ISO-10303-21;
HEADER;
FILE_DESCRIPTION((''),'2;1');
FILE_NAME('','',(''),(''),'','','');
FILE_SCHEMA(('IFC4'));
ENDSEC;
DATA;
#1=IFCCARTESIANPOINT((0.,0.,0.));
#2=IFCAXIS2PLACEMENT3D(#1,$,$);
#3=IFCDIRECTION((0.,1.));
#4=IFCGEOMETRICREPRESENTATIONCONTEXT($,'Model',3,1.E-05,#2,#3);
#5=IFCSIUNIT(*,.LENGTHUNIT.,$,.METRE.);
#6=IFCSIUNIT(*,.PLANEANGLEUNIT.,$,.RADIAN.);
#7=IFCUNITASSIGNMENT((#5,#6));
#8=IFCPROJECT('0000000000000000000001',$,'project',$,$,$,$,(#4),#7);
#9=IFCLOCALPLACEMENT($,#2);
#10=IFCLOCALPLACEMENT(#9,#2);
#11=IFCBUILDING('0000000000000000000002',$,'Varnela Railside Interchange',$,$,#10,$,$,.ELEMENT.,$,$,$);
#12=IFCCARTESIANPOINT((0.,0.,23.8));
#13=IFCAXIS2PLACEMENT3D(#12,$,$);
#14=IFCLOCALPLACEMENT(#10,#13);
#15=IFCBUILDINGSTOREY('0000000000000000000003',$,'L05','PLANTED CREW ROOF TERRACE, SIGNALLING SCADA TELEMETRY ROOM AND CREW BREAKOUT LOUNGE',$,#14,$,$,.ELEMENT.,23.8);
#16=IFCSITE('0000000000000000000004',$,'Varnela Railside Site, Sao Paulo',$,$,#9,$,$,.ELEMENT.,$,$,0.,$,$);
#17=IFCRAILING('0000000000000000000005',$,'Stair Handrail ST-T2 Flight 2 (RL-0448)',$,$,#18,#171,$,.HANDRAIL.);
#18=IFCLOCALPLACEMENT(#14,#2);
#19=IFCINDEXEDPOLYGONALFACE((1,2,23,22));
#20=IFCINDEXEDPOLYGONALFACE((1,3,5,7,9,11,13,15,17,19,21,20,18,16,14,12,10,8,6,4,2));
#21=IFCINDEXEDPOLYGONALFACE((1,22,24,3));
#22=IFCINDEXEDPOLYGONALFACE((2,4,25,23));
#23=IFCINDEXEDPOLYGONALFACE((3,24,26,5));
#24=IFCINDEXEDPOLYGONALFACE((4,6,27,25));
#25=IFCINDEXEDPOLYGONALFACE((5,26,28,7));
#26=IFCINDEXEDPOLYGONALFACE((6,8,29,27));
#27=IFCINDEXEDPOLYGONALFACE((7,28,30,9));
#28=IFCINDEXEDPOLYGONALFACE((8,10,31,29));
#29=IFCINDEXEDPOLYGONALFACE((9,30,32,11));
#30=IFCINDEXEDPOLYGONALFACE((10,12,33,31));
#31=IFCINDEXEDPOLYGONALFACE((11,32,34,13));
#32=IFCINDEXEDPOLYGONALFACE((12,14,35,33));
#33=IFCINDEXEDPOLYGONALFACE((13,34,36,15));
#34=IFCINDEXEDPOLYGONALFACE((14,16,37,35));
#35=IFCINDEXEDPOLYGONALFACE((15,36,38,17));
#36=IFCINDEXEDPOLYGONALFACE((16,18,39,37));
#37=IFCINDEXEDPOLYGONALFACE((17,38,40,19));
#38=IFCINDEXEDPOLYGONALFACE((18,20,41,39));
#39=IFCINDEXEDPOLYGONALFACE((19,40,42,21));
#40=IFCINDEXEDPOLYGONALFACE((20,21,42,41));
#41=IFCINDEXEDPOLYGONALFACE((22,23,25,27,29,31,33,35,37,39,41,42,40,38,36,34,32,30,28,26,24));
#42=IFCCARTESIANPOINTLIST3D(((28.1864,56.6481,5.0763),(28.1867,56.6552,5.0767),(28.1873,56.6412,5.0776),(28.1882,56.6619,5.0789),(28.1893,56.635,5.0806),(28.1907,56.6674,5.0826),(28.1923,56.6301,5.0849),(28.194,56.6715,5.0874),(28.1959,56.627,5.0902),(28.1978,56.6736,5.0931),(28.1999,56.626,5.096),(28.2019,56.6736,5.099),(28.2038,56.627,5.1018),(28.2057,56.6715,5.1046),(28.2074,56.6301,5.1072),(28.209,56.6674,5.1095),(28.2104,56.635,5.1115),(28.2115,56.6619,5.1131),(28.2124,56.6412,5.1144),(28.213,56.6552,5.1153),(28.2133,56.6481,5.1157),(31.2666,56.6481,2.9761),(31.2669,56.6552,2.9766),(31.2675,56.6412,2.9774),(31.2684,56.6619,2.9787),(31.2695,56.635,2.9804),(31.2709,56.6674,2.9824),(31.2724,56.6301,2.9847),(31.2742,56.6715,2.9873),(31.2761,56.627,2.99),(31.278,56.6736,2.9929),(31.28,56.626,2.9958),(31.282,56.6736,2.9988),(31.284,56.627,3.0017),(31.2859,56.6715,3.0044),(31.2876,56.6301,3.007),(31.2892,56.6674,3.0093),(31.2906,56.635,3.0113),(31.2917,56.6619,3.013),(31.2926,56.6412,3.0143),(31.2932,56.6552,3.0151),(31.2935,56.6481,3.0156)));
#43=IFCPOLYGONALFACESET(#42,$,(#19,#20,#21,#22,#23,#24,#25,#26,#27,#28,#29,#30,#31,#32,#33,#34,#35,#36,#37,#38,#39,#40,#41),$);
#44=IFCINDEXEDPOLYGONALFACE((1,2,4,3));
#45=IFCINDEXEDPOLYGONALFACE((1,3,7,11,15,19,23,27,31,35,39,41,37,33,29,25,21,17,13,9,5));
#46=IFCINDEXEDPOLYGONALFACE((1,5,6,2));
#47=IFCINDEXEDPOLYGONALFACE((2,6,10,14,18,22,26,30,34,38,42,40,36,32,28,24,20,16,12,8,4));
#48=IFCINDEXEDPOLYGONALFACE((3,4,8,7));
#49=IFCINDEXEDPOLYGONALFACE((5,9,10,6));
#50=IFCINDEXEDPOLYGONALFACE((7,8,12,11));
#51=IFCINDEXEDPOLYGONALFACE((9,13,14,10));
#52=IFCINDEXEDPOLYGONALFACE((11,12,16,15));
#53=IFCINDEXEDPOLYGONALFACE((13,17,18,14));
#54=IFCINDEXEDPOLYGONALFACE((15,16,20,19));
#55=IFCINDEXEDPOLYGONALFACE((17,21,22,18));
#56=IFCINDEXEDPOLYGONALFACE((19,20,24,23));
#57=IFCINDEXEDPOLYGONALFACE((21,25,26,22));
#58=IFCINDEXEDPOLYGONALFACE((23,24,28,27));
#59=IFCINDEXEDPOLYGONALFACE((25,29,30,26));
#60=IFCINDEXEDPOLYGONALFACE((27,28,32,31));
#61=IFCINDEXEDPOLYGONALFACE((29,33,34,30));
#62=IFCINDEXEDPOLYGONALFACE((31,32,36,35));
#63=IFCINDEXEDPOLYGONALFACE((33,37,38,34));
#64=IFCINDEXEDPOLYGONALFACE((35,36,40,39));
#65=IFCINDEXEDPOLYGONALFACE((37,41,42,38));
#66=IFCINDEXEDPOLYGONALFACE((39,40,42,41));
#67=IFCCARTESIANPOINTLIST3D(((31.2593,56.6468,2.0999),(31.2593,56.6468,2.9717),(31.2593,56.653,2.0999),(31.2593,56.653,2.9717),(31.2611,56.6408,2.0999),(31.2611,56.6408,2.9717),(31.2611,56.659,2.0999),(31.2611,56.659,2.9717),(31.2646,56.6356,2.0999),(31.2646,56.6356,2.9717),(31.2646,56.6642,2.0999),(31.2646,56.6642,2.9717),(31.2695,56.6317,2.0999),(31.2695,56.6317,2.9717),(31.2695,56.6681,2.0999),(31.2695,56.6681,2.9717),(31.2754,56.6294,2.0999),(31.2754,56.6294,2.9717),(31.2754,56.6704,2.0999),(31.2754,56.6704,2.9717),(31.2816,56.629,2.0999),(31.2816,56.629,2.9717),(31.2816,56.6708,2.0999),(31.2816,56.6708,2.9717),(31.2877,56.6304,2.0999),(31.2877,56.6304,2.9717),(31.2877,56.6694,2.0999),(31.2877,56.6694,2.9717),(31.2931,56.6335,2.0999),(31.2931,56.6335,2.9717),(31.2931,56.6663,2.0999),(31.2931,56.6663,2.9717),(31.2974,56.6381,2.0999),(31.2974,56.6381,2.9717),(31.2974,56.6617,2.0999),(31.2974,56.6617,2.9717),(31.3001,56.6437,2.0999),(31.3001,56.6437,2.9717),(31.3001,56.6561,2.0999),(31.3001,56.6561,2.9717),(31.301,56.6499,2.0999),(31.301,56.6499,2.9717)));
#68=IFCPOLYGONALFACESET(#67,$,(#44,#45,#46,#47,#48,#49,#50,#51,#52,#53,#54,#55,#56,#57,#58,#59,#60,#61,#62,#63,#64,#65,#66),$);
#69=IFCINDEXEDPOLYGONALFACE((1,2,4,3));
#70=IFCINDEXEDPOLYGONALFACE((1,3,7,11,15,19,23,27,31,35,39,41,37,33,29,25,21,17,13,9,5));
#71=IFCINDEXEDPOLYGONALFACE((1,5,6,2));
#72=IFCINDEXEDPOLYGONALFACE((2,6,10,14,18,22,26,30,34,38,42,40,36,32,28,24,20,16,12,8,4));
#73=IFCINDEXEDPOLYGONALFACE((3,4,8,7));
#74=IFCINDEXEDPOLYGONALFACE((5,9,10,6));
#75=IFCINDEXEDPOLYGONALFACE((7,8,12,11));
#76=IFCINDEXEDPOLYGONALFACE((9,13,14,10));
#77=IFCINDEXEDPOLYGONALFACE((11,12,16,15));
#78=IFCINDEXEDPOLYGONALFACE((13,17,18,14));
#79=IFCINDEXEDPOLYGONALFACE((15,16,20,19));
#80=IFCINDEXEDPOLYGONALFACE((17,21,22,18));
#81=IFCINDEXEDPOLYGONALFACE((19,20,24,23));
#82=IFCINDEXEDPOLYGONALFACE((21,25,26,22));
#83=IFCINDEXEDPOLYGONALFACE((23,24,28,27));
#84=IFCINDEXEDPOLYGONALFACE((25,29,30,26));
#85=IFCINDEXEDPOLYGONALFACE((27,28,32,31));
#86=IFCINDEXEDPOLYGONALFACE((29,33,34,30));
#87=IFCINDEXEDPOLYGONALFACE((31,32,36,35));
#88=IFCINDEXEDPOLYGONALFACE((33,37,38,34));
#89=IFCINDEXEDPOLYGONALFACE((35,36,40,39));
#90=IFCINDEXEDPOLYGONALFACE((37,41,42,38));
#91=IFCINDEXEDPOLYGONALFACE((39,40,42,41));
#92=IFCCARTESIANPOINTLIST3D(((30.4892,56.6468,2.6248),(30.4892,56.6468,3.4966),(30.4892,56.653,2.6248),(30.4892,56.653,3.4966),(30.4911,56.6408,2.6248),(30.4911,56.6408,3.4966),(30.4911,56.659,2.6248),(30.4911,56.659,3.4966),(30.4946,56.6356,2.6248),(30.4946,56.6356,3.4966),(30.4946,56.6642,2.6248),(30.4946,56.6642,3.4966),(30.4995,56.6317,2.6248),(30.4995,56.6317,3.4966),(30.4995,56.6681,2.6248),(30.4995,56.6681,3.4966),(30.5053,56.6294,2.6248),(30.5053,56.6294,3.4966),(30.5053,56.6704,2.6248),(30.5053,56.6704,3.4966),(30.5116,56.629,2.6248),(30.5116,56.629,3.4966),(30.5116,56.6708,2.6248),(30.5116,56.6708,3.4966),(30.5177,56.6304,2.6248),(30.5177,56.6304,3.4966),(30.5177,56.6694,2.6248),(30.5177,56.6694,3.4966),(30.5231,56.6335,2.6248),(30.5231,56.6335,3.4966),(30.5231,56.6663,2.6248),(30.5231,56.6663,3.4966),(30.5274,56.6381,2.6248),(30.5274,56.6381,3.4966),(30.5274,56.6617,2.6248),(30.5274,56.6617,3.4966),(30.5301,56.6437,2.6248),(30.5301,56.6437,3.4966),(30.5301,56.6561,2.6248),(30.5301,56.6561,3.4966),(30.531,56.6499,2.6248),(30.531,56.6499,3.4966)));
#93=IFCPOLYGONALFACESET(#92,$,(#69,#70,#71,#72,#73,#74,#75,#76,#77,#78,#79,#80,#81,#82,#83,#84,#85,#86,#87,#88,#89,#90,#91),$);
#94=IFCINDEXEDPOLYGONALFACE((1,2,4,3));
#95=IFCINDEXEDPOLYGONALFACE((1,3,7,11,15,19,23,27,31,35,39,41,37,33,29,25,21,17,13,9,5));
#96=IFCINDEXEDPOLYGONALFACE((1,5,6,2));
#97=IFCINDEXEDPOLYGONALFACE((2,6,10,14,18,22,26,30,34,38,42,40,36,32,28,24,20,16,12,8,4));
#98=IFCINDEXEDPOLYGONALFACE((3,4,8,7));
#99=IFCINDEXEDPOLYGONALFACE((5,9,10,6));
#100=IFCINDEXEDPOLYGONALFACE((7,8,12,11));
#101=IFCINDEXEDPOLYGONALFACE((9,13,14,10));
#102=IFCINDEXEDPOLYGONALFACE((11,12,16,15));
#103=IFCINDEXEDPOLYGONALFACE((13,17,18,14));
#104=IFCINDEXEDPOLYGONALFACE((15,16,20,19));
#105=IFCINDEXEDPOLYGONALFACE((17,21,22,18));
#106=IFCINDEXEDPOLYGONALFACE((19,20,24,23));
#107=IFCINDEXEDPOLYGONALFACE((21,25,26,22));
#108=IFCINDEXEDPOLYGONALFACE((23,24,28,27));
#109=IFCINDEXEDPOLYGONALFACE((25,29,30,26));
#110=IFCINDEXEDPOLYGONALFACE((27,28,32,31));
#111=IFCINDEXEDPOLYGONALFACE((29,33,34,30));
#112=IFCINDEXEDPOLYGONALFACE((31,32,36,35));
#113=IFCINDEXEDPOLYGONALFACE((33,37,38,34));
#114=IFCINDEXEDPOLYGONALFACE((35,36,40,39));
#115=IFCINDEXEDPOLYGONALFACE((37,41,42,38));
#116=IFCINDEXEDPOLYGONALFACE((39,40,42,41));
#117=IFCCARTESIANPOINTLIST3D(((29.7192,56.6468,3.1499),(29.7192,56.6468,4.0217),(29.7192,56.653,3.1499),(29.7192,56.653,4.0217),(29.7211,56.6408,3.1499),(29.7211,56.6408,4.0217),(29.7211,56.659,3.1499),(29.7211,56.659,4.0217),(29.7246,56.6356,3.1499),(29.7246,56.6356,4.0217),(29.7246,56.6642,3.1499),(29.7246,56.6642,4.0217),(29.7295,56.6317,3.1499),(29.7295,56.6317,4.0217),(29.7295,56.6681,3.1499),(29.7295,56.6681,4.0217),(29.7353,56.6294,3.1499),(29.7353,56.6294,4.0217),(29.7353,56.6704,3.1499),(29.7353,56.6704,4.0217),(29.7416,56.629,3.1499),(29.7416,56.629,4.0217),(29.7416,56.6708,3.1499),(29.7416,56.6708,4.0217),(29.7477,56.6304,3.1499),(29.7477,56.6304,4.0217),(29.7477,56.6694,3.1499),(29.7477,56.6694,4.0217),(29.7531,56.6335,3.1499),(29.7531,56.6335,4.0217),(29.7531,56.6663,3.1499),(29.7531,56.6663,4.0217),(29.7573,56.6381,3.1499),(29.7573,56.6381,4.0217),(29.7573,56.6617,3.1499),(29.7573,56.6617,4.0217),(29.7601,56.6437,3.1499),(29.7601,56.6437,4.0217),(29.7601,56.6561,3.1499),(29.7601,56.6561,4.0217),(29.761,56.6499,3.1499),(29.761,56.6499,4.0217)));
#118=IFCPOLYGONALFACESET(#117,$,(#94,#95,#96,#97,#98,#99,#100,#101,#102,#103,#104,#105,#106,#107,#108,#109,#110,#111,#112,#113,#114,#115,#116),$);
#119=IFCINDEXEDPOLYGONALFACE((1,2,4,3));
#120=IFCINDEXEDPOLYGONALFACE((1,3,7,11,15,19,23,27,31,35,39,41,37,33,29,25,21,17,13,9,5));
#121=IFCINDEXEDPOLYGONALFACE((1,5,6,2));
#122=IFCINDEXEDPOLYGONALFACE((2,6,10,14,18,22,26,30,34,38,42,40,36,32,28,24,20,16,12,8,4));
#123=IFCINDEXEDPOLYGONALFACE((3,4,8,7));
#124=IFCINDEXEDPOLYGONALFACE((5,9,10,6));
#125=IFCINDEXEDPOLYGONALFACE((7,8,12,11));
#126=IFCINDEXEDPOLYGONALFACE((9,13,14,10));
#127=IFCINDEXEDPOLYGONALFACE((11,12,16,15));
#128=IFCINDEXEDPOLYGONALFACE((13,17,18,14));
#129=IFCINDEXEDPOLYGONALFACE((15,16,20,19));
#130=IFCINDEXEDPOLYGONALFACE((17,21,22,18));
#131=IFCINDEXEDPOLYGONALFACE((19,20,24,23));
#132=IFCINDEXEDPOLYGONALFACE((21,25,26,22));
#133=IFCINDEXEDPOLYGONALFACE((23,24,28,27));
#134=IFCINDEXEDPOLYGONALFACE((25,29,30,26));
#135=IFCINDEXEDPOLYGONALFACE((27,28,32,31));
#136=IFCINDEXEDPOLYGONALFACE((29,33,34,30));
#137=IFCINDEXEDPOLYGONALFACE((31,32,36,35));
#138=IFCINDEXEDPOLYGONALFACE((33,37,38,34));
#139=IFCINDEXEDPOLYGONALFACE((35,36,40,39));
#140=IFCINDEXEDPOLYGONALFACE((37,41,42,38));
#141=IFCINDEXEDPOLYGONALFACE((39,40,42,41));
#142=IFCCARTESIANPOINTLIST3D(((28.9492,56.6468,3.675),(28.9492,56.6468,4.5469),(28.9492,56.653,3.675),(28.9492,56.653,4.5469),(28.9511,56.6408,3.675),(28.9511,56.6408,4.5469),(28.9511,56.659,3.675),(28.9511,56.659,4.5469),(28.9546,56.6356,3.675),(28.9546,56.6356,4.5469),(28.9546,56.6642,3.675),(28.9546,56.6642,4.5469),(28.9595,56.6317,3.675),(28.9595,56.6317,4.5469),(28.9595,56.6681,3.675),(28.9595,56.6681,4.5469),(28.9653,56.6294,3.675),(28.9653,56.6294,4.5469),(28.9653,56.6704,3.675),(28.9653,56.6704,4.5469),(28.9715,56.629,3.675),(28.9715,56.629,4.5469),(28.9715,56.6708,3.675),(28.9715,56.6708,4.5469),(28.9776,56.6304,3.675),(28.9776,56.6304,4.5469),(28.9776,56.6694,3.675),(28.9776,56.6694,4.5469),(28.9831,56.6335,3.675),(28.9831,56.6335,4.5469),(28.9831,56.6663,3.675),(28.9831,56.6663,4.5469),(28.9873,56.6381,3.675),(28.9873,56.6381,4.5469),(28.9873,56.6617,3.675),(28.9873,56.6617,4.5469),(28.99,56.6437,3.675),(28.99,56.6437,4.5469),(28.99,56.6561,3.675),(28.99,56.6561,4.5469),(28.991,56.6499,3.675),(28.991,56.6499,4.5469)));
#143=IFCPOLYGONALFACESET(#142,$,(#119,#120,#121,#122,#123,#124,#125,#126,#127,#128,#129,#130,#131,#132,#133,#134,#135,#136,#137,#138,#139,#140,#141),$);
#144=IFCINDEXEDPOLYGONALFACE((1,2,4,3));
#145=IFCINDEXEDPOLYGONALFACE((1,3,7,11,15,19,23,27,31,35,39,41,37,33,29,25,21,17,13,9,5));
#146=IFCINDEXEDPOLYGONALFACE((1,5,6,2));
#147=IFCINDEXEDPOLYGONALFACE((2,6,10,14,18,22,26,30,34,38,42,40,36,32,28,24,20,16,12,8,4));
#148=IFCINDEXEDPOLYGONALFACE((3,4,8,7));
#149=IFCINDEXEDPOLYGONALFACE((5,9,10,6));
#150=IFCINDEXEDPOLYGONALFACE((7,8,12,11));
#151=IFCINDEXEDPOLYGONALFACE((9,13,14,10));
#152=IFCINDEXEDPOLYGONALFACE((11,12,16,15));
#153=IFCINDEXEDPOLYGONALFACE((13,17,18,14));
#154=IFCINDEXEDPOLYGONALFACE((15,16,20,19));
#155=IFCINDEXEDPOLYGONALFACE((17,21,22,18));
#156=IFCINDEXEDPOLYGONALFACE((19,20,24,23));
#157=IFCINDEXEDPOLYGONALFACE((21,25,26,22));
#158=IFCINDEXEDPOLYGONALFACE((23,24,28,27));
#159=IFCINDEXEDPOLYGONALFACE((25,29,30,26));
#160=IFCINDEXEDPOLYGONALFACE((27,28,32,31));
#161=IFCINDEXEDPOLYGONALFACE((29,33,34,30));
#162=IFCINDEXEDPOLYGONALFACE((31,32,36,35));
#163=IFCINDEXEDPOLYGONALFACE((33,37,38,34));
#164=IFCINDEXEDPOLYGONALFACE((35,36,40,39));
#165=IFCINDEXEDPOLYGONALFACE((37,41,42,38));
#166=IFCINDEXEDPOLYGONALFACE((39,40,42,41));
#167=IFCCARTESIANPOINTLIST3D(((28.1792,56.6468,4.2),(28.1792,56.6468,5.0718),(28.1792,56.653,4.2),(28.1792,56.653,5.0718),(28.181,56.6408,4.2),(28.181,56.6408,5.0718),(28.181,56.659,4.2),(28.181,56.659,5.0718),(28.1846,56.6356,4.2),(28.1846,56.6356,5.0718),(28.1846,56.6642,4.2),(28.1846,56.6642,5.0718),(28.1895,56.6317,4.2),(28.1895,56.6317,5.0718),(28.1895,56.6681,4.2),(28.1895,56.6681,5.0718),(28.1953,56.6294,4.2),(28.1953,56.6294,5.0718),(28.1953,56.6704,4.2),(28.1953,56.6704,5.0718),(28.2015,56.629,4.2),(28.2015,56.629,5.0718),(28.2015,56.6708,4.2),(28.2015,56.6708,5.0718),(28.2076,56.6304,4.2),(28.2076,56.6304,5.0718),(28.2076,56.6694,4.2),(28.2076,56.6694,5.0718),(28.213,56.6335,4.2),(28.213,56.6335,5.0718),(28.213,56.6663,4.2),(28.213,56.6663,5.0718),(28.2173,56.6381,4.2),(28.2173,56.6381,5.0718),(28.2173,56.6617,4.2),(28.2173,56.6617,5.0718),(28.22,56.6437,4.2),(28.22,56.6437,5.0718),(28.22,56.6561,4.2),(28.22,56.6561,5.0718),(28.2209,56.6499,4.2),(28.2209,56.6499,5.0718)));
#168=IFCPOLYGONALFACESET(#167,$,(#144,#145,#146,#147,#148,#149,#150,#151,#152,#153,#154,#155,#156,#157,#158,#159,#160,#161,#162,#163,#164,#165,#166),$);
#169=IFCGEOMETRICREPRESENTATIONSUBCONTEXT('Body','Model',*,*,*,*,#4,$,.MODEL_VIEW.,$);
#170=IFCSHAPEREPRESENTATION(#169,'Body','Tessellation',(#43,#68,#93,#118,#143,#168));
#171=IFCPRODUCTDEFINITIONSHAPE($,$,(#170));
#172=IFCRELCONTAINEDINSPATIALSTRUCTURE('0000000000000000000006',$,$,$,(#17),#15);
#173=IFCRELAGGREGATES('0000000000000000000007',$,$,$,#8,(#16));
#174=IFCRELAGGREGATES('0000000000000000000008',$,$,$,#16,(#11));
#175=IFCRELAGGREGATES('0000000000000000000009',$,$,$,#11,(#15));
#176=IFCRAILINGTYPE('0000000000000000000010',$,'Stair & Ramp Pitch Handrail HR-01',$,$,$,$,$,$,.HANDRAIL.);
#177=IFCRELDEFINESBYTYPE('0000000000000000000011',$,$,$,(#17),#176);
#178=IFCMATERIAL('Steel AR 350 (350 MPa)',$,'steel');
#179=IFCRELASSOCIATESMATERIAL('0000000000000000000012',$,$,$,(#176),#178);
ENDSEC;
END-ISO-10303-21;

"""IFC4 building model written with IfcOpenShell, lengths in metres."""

from ifc_helpers import new_model, si_unit, direction, frame, origin, origin_2d, place, context, subcontext, project, spatial, circle, extrude, material, type_object, element, save


model = new_model("IFC4")

# Units and contexts
model_context = context("Model", 3, precision=1e-05, world=origin(), true_north=direction((0.0, 1.0)))
body_context = subcontext(model_context, "Body", "Model", "MODEL_VIEW")
ifc_project = project(units=[si_unit("LENGTHUNIT", "METRE"), si_unit("PLANEANGLEUNIT", "RADIAN")], contexts=[model_context])

# Site, building, storey
site_placement = place(None, origin())
site = spatial("IfcSite", under=ifc_project, at=site_placement, Name="Varnela Railside Site, Sao Paulo", CompositionType="ELEMENT", RefElevation=0.0)
building_placement = place(site_placement, origin())
building = spatial("IfcBuilding", under=site, at=building_placement, Name="Varnela Railside Interchange", CompositionType="ELEMENT")
storey_placement = place(building_placement, frame((0.0, 0.0, 23.8)))
storey = spatial("IfcBuildingStorey", under=building, at=storey_placement, Name="L05", Description="PLANTED CREW ROOF TERRACE, SIGNALLING SCADA TELEMETRY ROOM AND CREW BREAKOUT LOUNGE", CompositionType="ELEMENT", Elevation=23.8)

# Shared definitions
ifc_material_1 = material(Name="Steel AR 350 (350 MPa)", Category="steel")

# Railing
railing_type_1 = type_object("IfcRailingType", Name="Stair & Ramp Pitch Handrail HR-01", PredefinedType="HANDRAIL", material=ifc_material_1)
railing_1_placement = place(storey_placement, frame((31.28, 56.6499, 2.0999)))
element("IfcRailing", 1, at=railing_1_placement, inside=storey, type_object=railing_type_1, Name="Stair Handrail ST-T2 Flight 2 (RL-0448)", PredefinedType="HANDRAIL", context=body_context, shape_type="SweptSolid", body=[
    extrude(circle(Radius=0.0239, at=origin_2d()), frame((0.0, 0.0, 0.896), z_axis=(-0.826222, 0.0, 0.563345), x_axis=(0.0, -1.0, 0.0)), (0.0, 0.0, 1.0), 3.728),
    extrude(circle(Radius=0.021, at=origin_2d()), origin(), (0.0, 0.0, 1.0), 0.8718),
    extrude(circle(Radius=0.021, at=origin_2d()), frame((-0.77, 0.0, 0.5249)), (0.0, 0.0, 1.0), 0.8718),
    extrude(circle(Radius=0.021, at=origin_2d()), frame((-1.54, 0.0, 1.05)), (0.0, 0.0, 1.0), 0.8718),
    extrude(circle(Radius=0.021, at=origin_2d()), frame((-2.3101, 0.0, 1.5752)), (0.0, 0.0, 1.0), 0.8718),
    extrude(circle(Radius=0.021, at=origin_2d()), frame((-3.0801, 0.0, 2.1001)), (0.0, 0.0, 1.0), 0.8718),
])

save(model, "model.ifc")
